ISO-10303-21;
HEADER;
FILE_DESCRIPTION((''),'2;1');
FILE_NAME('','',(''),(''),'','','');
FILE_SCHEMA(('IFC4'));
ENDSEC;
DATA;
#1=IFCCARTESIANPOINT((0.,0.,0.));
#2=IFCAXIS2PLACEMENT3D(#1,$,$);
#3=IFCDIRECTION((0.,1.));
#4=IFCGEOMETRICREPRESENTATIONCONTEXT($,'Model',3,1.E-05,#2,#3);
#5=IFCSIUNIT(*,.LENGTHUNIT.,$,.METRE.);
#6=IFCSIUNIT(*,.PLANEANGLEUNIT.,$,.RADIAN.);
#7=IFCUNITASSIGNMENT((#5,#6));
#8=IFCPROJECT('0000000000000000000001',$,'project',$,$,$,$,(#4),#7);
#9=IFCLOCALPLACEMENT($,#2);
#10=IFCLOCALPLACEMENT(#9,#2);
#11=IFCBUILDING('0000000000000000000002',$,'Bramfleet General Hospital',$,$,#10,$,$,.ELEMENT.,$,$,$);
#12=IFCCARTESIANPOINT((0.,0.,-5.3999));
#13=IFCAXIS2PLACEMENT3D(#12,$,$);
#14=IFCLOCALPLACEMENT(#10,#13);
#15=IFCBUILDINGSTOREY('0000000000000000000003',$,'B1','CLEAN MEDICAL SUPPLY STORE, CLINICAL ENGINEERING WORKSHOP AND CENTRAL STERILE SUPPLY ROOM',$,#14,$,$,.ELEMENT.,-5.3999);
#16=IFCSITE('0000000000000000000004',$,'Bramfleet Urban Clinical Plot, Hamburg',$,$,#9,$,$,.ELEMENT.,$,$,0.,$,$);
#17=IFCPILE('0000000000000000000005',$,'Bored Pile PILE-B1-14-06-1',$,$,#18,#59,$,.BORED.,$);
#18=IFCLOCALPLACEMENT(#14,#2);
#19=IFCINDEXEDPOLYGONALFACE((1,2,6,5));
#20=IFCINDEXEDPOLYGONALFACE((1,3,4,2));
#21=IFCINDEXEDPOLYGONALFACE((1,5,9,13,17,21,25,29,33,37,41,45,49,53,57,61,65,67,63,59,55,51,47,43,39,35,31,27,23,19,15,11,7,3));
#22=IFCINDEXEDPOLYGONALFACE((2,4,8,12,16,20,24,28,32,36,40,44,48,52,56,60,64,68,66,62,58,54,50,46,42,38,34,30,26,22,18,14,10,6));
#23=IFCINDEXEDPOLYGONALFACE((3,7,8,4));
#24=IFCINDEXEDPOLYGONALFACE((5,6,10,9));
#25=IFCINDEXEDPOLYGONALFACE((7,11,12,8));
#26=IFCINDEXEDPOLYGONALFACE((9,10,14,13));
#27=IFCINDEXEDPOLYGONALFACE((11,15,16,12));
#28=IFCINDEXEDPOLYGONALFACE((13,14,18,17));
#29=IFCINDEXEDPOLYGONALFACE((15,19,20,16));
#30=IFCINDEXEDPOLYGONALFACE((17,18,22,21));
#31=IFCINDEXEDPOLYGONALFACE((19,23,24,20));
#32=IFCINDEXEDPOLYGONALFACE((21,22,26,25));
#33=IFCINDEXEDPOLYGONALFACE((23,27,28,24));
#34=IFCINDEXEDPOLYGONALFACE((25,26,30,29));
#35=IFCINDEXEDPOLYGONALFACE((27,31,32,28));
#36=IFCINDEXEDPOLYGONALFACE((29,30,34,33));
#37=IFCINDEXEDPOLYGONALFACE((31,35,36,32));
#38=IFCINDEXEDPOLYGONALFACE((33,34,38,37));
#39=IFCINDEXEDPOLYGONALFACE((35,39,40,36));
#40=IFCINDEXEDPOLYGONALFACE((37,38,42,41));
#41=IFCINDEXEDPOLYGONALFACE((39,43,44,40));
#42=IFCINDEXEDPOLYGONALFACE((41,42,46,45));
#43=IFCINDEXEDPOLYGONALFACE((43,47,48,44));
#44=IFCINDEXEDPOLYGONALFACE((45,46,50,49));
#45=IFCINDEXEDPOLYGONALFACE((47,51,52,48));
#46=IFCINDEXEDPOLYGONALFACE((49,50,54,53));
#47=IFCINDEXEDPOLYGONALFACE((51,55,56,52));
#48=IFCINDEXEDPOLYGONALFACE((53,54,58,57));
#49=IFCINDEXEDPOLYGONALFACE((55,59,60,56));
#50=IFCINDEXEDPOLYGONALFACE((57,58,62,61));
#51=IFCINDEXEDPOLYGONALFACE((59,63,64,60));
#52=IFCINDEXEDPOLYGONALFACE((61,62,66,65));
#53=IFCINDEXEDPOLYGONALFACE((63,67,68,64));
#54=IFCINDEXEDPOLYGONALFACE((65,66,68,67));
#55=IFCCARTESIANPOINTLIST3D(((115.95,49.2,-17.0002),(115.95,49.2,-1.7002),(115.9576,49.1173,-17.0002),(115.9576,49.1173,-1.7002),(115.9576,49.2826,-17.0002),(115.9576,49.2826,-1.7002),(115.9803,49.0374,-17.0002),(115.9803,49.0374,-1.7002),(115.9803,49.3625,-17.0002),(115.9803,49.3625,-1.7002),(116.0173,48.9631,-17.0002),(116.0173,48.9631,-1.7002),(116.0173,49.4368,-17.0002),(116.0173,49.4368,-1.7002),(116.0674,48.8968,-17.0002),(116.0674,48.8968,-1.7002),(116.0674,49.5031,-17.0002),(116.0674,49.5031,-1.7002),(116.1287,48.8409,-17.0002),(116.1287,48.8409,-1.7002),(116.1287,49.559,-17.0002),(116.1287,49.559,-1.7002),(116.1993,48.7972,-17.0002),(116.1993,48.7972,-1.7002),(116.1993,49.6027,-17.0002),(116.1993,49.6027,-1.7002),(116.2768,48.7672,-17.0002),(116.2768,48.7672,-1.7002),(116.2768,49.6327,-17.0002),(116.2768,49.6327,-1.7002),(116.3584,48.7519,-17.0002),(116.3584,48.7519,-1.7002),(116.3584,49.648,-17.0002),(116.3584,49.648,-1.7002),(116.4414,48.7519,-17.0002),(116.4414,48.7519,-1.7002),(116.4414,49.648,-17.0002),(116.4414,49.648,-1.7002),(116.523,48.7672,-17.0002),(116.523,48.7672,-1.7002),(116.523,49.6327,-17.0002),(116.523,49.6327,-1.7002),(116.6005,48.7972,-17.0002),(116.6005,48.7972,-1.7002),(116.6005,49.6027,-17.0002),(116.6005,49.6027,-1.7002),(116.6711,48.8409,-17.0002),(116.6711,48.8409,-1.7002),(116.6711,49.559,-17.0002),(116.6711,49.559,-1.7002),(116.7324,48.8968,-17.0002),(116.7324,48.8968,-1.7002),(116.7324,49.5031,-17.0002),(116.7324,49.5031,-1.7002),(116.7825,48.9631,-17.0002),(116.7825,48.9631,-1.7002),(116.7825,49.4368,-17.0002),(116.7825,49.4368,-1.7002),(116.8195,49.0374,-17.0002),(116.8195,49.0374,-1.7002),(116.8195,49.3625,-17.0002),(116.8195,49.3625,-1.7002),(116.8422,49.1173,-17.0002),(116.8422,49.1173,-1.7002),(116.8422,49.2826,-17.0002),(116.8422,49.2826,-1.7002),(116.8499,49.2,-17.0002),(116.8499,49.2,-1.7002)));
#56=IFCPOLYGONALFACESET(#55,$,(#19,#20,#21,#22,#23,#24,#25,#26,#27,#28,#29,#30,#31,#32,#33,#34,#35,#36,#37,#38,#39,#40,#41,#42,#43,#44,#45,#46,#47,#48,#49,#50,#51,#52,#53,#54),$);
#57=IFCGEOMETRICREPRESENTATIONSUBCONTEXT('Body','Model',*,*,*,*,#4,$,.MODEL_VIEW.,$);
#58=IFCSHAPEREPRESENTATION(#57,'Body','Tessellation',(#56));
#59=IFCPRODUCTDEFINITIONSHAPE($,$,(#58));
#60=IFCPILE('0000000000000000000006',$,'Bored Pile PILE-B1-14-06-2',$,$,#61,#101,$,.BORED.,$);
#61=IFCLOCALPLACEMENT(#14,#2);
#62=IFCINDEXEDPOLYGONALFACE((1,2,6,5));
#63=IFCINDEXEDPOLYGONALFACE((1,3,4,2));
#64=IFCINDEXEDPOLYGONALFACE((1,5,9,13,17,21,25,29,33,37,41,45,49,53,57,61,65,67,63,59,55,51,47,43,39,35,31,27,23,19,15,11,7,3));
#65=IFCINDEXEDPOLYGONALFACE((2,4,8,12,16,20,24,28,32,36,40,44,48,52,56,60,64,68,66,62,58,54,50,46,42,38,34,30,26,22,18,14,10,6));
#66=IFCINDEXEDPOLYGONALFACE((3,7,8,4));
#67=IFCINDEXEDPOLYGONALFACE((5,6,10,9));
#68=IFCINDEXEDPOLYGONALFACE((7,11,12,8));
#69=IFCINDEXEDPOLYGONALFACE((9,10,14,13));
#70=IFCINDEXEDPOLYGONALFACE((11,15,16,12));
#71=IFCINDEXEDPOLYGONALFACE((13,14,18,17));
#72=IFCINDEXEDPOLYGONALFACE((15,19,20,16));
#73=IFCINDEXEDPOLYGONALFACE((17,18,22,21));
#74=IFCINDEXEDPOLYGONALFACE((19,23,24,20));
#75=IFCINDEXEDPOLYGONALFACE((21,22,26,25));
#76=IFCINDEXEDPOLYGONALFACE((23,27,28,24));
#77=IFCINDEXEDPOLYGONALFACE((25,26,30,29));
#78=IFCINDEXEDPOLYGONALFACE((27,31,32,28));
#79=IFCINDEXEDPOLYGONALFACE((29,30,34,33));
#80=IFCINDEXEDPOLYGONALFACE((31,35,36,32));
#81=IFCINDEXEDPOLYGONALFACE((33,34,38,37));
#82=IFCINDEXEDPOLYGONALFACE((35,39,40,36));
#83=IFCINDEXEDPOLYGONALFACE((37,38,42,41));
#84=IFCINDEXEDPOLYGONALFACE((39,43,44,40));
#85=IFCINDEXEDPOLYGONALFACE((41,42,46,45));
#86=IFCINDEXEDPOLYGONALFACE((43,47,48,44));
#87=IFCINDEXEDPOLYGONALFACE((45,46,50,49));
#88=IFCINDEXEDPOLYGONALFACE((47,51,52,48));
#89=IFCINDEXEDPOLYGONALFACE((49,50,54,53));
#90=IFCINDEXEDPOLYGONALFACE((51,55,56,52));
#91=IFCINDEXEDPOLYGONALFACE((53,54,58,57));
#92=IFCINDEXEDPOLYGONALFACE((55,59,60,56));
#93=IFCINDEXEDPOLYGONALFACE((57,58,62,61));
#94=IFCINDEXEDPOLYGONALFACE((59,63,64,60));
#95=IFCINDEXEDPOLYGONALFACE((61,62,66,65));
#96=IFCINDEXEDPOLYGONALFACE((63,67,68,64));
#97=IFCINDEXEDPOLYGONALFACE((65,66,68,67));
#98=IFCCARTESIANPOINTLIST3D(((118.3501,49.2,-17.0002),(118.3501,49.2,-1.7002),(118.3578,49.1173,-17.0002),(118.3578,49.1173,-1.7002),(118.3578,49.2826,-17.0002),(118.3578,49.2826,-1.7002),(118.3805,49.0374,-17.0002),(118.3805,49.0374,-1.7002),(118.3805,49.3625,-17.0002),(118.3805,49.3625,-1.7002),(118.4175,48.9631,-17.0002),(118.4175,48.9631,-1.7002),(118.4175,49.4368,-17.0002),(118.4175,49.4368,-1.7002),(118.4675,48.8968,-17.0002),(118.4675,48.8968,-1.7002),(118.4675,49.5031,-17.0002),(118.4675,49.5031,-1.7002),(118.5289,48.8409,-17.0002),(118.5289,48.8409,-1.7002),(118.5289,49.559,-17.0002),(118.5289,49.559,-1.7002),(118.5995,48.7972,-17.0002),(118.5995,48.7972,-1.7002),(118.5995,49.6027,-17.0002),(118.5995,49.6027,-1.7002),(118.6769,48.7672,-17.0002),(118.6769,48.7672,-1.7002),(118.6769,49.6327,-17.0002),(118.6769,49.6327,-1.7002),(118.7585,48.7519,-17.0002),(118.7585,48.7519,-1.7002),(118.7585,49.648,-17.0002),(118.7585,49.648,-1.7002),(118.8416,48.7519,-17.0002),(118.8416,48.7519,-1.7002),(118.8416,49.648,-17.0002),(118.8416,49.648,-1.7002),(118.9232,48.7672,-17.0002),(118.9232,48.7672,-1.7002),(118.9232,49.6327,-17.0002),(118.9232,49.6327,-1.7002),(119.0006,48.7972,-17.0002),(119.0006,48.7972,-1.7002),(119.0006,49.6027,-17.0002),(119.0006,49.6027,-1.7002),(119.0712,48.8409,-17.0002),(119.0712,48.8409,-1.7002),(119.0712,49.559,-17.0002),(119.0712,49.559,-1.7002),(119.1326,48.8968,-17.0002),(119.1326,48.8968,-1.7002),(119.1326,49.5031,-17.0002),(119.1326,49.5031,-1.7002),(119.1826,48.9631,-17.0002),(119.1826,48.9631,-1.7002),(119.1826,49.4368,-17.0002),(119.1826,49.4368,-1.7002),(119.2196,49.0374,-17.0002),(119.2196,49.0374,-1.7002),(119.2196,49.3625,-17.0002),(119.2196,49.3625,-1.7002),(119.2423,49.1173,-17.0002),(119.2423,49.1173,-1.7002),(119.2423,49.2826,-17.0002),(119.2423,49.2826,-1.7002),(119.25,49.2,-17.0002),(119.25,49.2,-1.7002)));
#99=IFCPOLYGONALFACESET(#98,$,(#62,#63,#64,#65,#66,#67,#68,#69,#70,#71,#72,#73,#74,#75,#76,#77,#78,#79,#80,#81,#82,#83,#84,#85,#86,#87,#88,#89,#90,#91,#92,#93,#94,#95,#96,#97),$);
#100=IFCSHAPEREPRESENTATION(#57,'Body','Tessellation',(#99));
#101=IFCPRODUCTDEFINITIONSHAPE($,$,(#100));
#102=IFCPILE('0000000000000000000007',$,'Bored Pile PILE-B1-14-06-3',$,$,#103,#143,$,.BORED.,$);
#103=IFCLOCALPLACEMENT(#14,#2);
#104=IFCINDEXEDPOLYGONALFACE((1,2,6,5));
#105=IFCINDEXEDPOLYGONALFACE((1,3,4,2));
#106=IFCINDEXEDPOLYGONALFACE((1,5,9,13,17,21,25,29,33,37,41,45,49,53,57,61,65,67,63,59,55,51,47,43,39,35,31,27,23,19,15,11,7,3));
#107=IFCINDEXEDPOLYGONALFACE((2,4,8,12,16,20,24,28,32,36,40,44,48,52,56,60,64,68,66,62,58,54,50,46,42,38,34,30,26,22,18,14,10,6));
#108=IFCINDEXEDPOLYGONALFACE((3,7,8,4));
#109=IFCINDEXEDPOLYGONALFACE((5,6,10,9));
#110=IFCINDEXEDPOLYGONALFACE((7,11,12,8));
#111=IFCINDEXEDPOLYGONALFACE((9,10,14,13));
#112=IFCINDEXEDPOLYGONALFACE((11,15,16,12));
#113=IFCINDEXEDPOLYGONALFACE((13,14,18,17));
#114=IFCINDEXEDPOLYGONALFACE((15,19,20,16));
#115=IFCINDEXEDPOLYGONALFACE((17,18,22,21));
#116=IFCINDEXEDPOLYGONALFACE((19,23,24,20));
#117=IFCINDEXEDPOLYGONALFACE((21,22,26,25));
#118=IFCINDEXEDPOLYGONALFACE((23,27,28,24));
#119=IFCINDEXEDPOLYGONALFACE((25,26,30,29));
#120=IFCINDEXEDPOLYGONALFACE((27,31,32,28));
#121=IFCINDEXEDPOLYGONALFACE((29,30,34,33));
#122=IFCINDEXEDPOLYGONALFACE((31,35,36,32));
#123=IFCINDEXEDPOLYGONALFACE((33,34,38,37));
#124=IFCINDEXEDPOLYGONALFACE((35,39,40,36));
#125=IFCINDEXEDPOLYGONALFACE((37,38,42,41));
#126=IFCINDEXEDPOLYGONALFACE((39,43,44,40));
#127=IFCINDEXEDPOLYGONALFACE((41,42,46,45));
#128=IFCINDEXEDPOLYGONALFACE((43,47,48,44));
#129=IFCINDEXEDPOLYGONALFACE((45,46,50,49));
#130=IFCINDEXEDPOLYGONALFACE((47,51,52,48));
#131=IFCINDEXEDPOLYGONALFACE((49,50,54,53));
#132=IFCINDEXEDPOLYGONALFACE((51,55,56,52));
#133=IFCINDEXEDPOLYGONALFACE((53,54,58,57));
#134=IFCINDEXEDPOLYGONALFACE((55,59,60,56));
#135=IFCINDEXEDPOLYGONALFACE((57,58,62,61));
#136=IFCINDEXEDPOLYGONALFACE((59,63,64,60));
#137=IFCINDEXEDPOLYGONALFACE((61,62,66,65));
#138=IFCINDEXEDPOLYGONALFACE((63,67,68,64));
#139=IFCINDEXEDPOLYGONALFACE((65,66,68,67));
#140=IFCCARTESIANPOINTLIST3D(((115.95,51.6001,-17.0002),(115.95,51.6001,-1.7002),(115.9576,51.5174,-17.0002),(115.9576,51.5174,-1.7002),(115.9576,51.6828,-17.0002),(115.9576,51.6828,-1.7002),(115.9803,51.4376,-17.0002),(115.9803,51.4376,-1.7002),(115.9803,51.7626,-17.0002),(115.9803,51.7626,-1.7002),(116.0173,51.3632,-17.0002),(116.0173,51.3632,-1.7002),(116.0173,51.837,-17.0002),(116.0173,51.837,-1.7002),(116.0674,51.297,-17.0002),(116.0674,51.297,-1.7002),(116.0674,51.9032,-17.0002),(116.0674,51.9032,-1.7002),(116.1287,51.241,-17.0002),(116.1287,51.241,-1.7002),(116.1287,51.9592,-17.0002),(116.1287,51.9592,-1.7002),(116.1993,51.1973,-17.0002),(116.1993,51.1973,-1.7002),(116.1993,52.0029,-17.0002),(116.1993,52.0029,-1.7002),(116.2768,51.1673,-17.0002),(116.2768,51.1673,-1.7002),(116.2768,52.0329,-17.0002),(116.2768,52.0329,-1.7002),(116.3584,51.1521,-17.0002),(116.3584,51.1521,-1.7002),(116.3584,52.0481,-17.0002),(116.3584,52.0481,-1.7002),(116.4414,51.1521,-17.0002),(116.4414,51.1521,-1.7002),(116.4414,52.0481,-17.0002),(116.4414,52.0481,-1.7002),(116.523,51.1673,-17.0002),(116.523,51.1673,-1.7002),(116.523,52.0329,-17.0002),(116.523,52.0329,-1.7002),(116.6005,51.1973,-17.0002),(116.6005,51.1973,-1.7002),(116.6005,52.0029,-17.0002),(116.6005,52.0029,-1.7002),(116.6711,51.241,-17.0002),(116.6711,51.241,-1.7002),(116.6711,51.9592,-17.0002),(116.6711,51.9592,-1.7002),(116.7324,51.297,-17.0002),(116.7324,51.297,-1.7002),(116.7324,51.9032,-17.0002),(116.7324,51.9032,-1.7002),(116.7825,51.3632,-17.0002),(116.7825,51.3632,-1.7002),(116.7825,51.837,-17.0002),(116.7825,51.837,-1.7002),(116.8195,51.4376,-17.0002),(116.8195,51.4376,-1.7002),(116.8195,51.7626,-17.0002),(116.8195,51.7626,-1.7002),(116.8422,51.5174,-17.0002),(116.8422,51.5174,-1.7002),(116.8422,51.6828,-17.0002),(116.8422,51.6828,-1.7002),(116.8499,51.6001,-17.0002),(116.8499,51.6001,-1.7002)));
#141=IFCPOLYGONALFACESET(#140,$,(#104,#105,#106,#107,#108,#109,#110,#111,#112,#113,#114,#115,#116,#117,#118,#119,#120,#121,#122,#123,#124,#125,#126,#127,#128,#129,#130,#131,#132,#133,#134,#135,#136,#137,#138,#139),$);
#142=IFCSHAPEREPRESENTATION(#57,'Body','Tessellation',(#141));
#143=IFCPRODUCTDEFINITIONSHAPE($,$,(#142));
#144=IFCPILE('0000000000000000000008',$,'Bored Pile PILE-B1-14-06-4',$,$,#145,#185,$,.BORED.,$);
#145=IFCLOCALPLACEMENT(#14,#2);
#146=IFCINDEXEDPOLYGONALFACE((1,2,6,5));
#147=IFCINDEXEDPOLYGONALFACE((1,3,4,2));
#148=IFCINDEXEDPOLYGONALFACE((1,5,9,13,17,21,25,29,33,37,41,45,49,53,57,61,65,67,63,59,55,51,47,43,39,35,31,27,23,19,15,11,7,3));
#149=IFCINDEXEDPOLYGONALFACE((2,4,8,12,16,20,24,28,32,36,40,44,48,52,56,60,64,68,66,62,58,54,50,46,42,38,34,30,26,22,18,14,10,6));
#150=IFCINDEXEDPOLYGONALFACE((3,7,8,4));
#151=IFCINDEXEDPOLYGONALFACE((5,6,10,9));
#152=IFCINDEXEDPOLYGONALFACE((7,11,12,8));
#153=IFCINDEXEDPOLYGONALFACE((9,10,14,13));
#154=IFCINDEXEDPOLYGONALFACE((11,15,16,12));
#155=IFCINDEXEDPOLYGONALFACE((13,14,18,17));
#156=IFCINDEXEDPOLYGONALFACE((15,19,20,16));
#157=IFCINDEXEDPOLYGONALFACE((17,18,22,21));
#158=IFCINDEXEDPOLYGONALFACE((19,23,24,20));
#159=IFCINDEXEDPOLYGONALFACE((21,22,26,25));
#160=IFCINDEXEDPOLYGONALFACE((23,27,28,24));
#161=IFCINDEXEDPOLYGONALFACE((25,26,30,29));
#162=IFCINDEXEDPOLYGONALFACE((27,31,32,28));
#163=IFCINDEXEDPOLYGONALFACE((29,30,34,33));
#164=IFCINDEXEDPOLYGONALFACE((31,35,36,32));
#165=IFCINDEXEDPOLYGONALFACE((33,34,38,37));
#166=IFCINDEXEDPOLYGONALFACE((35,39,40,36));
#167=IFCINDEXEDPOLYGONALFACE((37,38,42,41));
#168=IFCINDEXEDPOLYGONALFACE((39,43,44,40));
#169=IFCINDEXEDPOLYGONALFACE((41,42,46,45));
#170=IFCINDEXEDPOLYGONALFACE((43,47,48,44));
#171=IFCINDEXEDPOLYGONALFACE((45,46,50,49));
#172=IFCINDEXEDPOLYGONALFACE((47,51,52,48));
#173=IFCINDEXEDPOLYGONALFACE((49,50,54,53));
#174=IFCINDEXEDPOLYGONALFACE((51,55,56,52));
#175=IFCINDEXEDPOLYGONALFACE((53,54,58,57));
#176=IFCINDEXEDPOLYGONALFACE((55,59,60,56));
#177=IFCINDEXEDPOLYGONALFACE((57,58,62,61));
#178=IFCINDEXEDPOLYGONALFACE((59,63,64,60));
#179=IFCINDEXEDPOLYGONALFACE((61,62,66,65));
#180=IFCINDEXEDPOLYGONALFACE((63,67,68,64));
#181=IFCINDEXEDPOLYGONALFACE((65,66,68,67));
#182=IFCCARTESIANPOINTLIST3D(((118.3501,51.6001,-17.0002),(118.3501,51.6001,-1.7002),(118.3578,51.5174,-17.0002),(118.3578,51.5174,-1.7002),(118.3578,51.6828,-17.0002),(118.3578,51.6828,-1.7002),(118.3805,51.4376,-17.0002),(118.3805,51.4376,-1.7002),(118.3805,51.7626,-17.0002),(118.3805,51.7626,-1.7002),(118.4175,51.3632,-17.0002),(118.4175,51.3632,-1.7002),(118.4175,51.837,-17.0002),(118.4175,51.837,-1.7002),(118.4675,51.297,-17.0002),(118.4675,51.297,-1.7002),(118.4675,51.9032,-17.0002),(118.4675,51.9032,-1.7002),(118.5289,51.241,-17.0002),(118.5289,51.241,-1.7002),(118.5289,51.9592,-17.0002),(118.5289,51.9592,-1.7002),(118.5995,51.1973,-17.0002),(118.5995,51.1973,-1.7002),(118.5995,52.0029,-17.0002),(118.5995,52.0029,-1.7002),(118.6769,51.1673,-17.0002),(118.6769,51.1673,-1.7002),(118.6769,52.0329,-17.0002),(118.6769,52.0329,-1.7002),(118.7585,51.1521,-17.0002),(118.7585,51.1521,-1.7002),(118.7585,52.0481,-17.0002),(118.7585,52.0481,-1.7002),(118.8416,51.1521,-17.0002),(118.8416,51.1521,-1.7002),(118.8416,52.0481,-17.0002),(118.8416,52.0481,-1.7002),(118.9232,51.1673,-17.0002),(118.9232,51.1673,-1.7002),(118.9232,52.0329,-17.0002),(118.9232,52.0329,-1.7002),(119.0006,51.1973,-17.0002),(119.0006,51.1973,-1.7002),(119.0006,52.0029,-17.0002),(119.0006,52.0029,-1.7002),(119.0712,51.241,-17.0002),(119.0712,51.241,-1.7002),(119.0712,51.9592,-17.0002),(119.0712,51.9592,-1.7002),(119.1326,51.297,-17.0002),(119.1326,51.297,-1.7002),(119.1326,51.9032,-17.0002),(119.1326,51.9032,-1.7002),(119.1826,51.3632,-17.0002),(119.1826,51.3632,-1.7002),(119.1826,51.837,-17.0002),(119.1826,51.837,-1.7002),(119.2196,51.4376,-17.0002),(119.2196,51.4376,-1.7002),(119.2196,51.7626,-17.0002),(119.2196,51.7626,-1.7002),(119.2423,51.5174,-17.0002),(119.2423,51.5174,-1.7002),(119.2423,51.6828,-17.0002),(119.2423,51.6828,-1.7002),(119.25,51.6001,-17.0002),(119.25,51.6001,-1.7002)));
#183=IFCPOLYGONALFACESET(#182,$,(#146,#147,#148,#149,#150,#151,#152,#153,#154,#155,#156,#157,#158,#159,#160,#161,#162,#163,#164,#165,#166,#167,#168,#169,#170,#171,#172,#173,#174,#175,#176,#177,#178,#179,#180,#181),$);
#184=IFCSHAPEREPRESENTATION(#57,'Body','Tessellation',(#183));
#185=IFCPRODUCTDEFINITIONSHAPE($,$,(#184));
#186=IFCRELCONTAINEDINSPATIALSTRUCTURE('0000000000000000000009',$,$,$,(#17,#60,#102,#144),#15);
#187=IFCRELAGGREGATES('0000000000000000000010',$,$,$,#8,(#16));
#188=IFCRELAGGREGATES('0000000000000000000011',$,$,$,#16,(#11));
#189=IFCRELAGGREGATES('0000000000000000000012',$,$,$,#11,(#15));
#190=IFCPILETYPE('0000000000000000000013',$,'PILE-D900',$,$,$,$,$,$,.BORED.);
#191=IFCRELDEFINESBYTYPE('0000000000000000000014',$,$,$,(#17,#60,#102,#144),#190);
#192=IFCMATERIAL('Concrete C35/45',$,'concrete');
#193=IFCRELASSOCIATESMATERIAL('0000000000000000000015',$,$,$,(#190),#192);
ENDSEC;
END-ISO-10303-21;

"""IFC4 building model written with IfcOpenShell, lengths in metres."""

from ifc_helpers import new_model, si_unit, direction, frame, origin, origin_2d, place, context, subcontext, project, spatial, circle, extrude, material, material_profile, profile_set, type_object, element, save


model = new_model("IFC4")

# Units and contexts
model_context = context("Model", 3, precision=1e-05, world=origin(), true_north=direction((0.0, 1.0)))
body_context = subcontext(model_context, "Body", "Model", "MODEL_VIEW")
ifc_project = project(units=[si_unit("LENGTHUNIT", "METRE"), si_unit("PLANEANGLEUNIT", "RADIAN")], contexts=[model_context])

# Site, building, storey
site_placement = place(None, origin())
site = spatial("IfcSite", under=ifc_project, at=site_placement, Name="Bramfleet Urban Clinical Plot, Hamburg", CompositionType="ELEMENT", RefElevation=0.0)
building_placement = place(site_placement, origin())
building = spatial("IfcBuilding", under=site, at=building_placement, Name="Bramfleet General Hospital", CompositionType="ELEMENT")
storey_placement = place(building_placement, frame((0.0, 0.0, -5.3999)))
storey = spatial("IfcBuildingStorey", under=building, at=storey_placement, Name="B1", Description="CLEAN MEDICAL SUPPLY STORE, CLINICAL ENGINEERING WORKSHOP AND CENTRAL STERILE SUPPLY ROOM", CompositionType="ELEMENT", Elevation=-5.3999)

# Shared definitions
ifc_material_1 = material(Name="Concrete C35/45", Category="concrete")

# Piles
ifc_material_profile_1 = material_profile(ifc_material_1, circle(Radius=0.45, at=origin_2d()), Name="PILE BORED D900")
ifc_profile_set_1 = profile_set([ifc_material_profile_1], Name="Concrete C35/45")
pile_type = type_object("IfcPileType", Name="PILE-D900", PredefinedType="BORED", material=ifc_profile_set_1)
for number, where, z_axis, x_axis, name in (
    (1, (116.3999, 49.2, -1.7002), (0.0, 0.0, -1.0), (1.0, 0.0, 0.0), "Bored Pile PILE-B1-14-06-1"),
    (2, (118.8, 49.2, -1.7002), (0.0, 0.0, -1.0), (1.0, 0.0, 0.0), "Bored Pile PILE-B1-14-06-2"),
    (3, (116.3999, 51.6001, -1.7002), (0.0, 0.0, -1.0), (1.0, 0.0, 0.0), "Bored Pile PILE-B1-14-06-3"),
    (4, (118.8, 51.6001, -1.7002), (0.0, 0.0, -1.0), (1.0, 0.0, 0.0), "Bored Pile PILE-B1-14-06-4"),
):
    element("IfcPile", number, at=place(storey_placement, frame(where, z_axis=z_axis, x_axis=x_axis)), inside=storey, type_object=pile_type, Name=name, PredefinedType="BORED", context=body_context, shape_type="SweptSolid", body=[
        extrude(circle(Radius=0.45, at=origin_2d()), origin(), (0.0, 0.0, 1.0), 15.3),
    ])

save(model, "model.ifc")
